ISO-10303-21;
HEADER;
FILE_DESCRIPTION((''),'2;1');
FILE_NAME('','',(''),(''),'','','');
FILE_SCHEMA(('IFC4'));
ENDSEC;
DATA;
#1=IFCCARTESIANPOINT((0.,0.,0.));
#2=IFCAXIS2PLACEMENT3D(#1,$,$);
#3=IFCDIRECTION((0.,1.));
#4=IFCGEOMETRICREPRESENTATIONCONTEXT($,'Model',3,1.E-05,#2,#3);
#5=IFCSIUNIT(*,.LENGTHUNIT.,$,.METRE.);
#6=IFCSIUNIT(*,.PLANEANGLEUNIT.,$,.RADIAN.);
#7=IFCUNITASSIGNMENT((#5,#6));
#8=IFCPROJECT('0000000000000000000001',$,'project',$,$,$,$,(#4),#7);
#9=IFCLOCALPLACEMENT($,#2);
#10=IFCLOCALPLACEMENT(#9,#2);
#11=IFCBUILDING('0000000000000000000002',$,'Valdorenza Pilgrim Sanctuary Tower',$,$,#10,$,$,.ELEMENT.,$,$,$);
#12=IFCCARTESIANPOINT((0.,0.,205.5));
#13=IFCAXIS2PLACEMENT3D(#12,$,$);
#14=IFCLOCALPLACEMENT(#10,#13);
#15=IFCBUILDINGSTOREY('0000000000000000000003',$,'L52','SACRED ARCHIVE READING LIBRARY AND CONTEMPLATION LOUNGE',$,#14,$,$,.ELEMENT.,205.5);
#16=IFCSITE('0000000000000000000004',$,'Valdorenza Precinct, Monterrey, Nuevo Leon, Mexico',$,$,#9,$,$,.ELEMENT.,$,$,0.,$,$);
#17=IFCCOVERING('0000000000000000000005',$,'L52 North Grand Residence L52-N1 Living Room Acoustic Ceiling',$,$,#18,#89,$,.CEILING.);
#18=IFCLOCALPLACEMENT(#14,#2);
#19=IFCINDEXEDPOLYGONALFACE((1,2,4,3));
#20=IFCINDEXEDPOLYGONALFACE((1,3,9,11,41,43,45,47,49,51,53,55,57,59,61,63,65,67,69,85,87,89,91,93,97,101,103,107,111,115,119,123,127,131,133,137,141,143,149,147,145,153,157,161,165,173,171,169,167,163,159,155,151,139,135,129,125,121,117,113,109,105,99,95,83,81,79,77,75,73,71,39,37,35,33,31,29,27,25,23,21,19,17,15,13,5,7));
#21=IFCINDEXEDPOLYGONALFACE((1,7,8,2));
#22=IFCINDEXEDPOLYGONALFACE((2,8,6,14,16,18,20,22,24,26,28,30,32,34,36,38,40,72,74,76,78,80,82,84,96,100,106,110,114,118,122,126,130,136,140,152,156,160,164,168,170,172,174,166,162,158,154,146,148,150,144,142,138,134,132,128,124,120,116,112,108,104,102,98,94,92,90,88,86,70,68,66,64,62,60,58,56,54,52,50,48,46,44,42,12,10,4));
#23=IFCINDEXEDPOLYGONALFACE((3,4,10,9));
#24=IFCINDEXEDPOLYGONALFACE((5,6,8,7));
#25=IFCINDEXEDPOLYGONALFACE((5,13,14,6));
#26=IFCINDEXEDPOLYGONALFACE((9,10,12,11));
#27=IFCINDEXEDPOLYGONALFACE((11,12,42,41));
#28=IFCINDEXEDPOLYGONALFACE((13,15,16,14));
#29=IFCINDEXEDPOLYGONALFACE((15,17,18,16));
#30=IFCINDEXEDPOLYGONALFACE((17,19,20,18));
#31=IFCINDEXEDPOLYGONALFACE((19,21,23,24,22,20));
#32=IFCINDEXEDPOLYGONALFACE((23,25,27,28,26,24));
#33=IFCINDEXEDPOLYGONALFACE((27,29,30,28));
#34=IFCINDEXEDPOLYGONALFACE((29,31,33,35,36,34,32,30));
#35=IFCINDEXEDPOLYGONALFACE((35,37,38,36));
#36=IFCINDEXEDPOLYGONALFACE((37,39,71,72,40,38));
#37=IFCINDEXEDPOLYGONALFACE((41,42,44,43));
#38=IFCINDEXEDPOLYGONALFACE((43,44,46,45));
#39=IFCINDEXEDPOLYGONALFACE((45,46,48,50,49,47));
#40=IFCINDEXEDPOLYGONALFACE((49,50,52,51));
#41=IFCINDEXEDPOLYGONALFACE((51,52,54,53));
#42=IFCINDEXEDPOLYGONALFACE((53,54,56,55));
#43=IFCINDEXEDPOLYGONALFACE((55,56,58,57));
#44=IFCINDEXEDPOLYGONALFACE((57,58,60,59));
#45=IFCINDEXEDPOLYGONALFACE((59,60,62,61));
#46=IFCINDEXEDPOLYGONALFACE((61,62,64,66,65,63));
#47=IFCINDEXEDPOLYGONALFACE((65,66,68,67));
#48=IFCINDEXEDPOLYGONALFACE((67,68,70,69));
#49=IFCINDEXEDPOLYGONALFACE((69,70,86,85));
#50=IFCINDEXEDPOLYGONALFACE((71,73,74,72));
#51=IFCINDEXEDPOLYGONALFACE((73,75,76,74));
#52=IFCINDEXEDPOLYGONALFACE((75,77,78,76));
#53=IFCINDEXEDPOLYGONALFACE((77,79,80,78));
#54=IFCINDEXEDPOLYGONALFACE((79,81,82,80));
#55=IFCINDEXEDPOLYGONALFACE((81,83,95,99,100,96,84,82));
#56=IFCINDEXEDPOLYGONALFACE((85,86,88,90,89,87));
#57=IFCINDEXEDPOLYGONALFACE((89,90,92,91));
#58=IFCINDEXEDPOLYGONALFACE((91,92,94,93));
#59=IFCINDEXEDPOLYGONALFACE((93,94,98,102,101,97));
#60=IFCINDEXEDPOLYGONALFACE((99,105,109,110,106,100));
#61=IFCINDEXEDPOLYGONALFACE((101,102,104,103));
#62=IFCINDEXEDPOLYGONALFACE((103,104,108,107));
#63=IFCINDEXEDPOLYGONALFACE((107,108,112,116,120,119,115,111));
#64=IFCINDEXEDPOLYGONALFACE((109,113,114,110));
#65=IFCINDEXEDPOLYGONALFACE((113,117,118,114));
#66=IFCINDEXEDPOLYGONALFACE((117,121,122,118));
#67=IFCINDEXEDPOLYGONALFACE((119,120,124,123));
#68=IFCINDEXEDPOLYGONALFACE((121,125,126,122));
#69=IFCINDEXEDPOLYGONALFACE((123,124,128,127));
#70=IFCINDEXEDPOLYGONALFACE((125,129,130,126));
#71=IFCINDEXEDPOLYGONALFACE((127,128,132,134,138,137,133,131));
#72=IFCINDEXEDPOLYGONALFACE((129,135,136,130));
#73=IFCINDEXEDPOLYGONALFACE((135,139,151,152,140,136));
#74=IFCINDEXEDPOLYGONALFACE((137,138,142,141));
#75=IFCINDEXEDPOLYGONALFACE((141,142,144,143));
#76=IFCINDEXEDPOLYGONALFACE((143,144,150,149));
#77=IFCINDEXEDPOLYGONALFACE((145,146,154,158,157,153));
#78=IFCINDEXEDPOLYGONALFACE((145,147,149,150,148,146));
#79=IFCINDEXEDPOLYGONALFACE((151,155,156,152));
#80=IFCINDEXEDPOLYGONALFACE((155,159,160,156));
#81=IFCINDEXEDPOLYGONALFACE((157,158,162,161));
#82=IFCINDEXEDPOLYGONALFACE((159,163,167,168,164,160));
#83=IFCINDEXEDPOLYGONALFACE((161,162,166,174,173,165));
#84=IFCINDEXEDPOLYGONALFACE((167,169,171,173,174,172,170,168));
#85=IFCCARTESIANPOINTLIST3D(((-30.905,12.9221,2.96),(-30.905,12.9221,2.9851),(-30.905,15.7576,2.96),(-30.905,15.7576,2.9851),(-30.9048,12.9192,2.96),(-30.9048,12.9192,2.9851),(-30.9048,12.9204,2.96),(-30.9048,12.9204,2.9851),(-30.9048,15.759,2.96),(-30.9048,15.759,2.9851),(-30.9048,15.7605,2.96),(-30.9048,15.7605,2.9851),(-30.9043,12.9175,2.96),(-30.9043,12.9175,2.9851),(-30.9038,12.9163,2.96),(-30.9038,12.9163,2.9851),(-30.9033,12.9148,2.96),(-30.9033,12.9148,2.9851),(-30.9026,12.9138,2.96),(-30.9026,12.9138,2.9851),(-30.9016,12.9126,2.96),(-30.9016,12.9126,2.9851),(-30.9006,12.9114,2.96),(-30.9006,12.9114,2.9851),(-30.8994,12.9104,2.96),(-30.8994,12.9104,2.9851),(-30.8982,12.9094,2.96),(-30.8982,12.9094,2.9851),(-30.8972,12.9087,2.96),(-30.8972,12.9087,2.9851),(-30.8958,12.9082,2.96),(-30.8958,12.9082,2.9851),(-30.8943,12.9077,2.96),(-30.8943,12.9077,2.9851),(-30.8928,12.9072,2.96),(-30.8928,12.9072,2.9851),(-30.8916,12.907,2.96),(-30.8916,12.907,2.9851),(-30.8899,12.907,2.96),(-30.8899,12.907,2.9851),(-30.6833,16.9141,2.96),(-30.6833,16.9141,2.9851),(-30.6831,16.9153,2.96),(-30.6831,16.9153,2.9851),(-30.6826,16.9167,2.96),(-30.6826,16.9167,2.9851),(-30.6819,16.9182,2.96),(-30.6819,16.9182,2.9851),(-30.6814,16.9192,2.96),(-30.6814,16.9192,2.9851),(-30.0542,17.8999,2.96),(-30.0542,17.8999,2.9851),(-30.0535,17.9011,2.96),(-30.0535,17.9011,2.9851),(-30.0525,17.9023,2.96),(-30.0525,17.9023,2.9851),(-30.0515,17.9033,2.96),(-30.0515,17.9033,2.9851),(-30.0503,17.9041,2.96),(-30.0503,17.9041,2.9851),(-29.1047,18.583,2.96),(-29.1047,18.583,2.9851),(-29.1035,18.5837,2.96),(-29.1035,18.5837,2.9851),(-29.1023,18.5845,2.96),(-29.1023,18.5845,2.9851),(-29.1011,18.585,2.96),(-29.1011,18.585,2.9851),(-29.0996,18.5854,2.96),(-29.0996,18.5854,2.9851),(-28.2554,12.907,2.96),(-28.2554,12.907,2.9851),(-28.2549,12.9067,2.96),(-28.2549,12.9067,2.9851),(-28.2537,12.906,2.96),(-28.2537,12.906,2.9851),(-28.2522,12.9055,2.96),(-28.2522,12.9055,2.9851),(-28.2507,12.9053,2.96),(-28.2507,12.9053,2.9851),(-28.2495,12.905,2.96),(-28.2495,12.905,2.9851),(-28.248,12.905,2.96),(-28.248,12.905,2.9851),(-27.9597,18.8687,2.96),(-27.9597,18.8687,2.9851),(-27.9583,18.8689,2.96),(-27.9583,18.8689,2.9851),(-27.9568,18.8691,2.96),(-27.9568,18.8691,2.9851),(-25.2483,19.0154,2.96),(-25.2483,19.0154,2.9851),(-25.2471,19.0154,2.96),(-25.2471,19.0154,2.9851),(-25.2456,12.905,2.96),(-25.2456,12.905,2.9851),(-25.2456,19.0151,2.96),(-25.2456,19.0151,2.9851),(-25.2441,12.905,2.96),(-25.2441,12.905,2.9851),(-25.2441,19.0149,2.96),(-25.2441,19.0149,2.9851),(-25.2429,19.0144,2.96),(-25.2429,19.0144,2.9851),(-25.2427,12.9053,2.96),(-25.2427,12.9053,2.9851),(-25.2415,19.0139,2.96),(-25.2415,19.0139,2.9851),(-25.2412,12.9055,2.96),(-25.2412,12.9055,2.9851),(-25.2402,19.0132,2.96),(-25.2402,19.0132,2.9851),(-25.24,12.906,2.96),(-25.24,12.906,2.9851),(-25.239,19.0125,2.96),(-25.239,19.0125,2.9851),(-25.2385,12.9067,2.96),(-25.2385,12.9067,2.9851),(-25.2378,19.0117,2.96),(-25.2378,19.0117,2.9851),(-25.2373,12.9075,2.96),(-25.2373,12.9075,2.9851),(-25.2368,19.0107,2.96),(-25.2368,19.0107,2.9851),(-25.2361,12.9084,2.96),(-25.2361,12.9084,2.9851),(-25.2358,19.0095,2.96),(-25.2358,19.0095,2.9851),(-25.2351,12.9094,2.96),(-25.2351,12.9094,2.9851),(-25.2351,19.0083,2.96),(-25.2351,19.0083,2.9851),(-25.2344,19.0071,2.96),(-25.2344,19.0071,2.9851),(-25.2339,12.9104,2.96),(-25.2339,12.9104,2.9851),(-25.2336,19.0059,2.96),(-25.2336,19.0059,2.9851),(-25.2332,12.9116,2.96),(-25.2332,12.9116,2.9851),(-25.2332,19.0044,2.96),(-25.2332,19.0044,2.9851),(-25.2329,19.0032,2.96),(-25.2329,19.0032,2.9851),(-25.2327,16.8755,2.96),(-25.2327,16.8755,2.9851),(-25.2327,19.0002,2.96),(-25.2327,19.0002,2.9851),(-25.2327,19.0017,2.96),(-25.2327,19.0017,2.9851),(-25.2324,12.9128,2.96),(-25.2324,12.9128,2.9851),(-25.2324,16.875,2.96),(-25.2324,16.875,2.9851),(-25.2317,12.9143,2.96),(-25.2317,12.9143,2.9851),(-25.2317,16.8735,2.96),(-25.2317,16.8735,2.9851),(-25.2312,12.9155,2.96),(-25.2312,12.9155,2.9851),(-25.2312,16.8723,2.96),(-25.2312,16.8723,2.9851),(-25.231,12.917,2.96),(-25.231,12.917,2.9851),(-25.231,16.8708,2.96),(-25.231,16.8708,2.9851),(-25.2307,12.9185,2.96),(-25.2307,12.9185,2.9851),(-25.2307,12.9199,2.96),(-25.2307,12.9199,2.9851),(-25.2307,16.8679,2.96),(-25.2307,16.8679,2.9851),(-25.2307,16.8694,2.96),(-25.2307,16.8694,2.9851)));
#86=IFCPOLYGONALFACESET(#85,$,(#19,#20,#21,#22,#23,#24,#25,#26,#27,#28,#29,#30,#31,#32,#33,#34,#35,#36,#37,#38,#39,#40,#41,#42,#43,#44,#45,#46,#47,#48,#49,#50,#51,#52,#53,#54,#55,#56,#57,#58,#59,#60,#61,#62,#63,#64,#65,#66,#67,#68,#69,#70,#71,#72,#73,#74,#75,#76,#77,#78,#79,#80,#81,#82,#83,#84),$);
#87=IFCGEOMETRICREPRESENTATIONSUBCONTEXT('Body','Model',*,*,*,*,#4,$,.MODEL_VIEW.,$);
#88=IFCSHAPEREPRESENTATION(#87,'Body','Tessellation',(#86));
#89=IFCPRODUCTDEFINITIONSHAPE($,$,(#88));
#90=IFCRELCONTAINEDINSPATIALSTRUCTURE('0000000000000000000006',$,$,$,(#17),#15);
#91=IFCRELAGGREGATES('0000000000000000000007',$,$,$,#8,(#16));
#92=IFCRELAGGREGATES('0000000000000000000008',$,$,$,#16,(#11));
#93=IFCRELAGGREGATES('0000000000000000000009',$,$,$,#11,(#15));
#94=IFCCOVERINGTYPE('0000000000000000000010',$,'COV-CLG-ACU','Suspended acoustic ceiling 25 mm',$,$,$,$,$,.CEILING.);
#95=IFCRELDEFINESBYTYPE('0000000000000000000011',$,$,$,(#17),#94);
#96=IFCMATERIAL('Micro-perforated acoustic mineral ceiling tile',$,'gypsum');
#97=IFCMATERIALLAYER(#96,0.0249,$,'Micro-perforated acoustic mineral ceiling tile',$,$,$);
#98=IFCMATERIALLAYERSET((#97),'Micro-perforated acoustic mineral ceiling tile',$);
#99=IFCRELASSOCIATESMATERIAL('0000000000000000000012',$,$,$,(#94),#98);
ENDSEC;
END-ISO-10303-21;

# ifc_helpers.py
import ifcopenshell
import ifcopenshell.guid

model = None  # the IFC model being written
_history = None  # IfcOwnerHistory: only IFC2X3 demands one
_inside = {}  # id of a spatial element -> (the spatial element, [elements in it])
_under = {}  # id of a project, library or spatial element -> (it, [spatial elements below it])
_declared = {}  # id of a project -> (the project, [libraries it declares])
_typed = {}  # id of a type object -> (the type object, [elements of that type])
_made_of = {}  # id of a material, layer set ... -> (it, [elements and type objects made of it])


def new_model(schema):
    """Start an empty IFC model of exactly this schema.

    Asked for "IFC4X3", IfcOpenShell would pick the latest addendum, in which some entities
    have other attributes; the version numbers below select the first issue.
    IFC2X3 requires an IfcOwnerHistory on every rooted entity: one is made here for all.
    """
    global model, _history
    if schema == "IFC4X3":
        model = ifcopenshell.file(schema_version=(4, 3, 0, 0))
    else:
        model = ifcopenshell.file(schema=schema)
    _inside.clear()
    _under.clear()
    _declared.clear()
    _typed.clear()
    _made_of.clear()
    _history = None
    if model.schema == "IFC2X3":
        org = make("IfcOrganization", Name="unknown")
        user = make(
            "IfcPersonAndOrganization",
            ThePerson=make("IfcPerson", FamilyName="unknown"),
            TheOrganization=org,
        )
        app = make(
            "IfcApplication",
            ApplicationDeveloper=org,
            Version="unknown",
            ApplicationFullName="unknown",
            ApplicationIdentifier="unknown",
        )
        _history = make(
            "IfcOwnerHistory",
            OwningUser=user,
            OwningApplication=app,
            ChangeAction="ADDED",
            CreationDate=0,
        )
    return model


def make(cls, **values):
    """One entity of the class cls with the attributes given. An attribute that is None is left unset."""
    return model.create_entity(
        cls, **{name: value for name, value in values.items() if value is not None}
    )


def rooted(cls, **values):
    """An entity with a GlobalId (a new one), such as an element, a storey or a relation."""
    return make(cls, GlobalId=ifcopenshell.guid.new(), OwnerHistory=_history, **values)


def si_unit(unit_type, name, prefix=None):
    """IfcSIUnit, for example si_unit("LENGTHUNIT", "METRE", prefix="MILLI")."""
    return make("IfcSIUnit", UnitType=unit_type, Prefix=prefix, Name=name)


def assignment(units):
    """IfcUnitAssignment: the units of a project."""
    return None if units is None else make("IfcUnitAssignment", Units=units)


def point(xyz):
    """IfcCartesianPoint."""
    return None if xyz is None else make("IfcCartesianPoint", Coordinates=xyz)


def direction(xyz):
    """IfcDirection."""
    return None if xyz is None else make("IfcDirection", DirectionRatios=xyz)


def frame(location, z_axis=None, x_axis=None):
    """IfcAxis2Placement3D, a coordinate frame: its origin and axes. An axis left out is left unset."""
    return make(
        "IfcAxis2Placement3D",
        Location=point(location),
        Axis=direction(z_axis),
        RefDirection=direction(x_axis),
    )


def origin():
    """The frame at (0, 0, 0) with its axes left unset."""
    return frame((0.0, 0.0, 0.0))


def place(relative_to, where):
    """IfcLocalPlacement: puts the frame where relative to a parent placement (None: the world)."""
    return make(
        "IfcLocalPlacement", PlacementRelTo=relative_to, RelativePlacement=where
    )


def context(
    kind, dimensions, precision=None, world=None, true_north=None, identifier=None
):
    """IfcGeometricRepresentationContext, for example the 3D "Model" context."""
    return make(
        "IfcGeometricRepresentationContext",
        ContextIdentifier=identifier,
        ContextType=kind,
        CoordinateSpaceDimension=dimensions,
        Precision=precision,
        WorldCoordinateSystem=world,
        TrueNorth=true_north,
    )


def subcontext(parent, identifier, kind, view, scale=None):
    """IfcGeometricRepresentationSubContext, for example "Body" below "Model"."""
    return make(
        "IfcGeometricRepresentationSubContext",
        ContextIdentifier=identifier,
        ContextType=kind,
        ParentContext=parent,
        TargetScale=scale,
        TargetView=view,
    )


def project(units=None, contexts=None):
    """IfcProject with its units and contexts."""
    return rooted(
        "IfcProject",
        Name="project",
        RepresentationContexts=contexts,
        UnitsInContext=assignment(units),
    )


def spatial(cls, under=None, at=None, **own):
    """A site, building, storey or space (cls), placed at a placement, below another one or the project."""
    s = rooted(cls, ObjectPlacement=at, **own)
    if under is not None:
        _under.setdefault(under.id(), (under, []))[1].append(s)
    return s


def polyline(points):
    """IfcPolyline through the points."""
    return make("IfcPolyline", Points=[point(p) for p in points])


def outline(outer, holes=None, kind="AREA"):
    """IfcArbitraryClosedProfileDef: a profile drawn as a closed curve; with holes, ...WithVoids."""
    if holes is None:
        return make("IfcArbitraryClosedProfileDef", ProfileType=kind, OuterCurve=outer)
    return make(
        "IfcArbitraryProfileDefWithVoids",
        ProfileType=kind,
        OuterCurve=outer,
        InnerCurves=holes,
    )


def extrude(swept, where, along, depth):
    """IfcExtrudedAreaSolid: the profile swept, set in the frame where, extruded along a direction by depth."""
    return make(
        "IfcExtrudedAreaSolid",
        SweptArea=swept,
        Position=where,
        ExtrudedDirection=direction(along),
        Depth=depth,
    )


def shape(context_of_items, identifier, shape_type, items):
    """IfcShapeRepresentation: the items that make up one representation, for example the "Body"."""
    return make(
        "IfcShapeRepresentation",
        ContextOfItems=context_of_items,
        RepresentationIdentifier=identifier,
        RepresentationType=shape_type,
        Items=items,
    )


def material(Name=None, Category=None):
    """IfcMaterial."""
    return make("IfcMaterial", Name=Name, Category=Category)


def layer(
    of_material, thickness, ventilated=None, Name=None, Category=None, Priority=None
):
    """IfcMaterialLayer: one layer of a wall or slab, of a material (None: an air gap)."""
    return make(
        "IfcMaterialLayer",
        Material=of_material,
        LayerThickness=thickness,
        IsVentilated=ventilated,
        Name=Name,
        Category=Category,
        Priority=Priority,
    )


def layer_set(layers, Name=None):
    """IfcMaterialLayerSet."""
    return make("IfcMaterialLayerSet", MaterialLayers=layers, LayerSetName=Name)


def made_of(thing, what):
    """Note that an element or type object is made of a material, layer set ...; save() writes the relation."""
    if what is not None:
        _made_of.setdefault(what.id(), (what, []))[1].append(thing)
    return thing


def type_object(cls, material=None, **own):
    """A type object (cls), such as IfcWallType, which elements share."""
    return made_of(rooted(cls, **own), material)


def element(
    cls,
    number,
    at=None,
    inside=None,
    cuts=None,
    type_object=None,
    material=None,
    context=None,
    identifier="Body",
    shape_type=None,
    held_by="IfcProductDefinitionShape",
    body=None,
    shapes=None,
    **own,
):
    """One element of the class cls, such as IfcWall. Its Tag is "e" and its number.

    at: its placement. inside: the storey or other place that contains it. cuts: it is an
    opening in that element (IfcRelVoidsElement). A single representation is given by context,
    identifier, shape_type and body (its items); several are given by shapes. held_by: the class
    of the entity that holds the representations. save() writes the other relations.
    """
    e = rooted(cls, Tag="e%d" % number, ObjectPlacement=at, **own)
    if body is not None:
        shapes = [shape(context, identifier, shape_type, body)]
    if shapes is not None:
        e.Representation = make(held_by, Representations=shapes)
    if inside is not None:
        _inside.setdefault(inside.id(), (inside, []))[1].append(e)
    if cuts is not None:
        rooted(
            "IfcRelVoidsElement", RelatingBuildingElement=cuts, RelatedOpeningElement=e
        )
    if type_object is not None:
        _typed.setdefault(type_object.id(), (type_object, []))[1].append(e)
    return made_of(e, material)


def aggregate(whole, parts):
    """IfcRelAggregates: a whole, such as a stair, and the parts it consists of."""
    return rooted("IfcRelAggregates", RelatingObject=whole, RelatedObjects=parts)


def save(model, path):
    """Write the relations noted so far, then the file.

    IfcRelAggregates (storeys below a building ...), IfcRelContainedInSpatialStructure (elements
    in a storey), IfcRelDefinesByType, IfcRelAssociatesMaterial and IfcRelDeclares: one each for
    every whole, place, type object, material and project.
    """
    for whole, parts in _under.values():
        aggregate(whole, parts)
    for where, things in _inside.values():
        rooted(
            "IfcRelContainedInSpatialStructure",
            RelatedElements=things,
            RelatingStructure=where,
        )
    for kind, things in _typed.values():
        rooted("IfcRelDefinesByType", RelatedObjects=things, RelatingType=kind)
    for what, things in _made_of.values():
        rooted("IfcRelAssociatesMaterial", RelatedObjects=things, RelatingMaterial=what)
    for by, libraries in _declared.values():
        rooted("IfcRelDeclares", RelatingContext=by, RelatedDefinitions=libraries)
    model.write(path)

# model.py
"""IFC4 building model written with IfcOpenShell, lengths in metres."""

from ifc_helpers import new_model, si_unit, direction, frame, origin, place, context, subcontext, project, spatial, polyline, outline, extrude, material, layer, layer_set, type_object, element, save


model = new_model("IFC4")

# Units and contexts
model_context = context("Model", 3, precision=1e-05, world=origin(), true_north=direction((0.0, 1.0)))
body_context = subcontext(model_context, "Body", "Model", "MODEL_VIEW")
ifc_project = project(units=[si_unit("LENGTHUNIT", "METRE"), si_unit("PLANEANGLEUNIT", "RADIAN")], contexts=[model_context])

# Site, building, storey
site_placement = place(None, origin())
site = spatial("IfcSite", under=ifc_project, at=site_placement, Name="Valdorenza Precinct, Monterrey, Nuevo Leon, Mexico", CompositionType="ELEMENT", RefElevation=0.0)
building_placement = place(site_placement, origin())
building = spatial("IfcBuilding", under=site, at=building_placement, Name="Valdorenza Pilgrim Sanctuary Tower", CompositionType="ELEMENT")
storey_placement = place(building_placement, frame((0.0, 0.0, 205.5)))
storey = spatial("IfcBuildingStorey", under=building, at=storey_placement, Name="L52", Description="SACRED ARCHIVE READING LIBRARY AND CONTEMPLATION LOUNGE", CompositionType="ELEMENT", Elevation=205.5)

# Covering
ifc_material_1 = material(Name="Micro-perforated acoustic mineral ceiling tile", Category="gypsum")
ifc_layer_1 = layer(ifc_material_1, 0.0249, Name="Micro-perforated acoustic mineral ceiling tile")
ifc_layer_set_1 = layer_set([ifc_layer_1], Name="Micro-perforated acoustic mineral ceiling tile")
covering_type_1 = type_object("IfcCoveringType", Name="COV-CLG-ACU", Description="Suspended acoustic ceiling 25 mm", PredefinedType="CEILING", material=ifc_layer_set_1)
covering_1_placement = place(storey_placement, frame((0.0, 0.0, 2.96)))
element("IfcCovering", 1, at=covering_1_placement, inside=storey, type_object=covering_type_1, Name="L52 North Grand Residence L52-N1 Living Room Acoustic Ceiling", PredefinedType="CEILING", context=body_context, shape_type="SweptSolid", body=[
    extrude(outline(polyline([(-28.2554, 12.907), (-30.8899, 12.907), (-30.8916, 12.907), (-30.8928, 12.9072), (-30.8943, 12.9077), (-30.8958, 12.9082), (-30.8972, 12.9087), (-30.8982, 12.9094), (-30.8994, 12.9104), (-30.9006, 12.9114), (-30.9016, 12.9126), (-30.9026, 12.9138), (-30.9033, 12.9148), (-30.9038, 12.9163), (-30.9043, 12.9175), (-30.9048, 12.9192), (-30.9048, 12.9204), (-30.905, 12.9221), (-30.905, 15.7576), (-30.9048, 15.759), (-30.9048, 15.7605), (-30.6833, 16.9141), (-30.6831, 16.9153), (-30.6826, 16.9167), (-30.6819, 16.9182), (-30.6814, 16.9192), (-30.0542, 17.8999), (-30.0535, 17.9011), (-30.0525, 17.9023), (-30.0515, 17.9033), (-30.0503, 17.9041), (-29.1047, 18.583), (-29.1035, 18.5837), (-29.1023, 18.5845), (-29.1011, 18.585), (-29.0996, 18.5854), (-27.9597, 18.8687), (-27.9583, 18.8689), (-27.9568, 18.8691), (-25.2483, 19.0154), (-25.2471, 19.0154), (-25.2456, 19.0151), (-25.2441, 19.0149), (-25.2429, 19.0144), (-25.2415, 19.0139), (-25.2402, 19.0132), (-25.239, 19.0125), (-25.2378, 19.0117), (-25.2368, 19.0107), (-25.2358, 19.0095), (-25.2351, 19.0083), (-25.2344, 19.0071), (-25.2336, 19.0059), (-25.2332, 19.0044), (-25.2329, 19.0032), (-25.2327, 19.0017), (-25.2327, 19.0002), (-25.2327, 16.8755), (-25.2324, 16.875), (-25.2317, 16.8735), (-25.2312, 16.8723), (-25.231, 16.8708), (-25.2307, 16.8694), (-25.2307, 16.8679), (-25.2307, 12.9199), (-25.2307, 12.9185), (-25.231, 12.917), (-25.2312, 12.9155), (-25.2317, 12.9143), (-25.2324, 12.9128), (-25.2332, 12.9116), (-25.2339, 12.9104), (-25.2351, 12.9094), (-25.2361, 12.9084), (-25.2373, 12.9075), (-25.2385, 12.9067), (-25.24, 12.906), (-25.2412, 12.9055), (-25.2427, 12.9053), (-25.2441, 12.905), (-25.2456, 12.905), (-28.248, 12.905), (-28.2495, 12.905), (-28.2507, 12.9053), (-28.2522, 12.9055), (-28.2537, 12.906), (-28.2549, 12.9067), (-28.2554, 12.907)])), origin(), (0.0, 0.0, 1.0), 0.0251),
])

save(model, "model.ifc")
